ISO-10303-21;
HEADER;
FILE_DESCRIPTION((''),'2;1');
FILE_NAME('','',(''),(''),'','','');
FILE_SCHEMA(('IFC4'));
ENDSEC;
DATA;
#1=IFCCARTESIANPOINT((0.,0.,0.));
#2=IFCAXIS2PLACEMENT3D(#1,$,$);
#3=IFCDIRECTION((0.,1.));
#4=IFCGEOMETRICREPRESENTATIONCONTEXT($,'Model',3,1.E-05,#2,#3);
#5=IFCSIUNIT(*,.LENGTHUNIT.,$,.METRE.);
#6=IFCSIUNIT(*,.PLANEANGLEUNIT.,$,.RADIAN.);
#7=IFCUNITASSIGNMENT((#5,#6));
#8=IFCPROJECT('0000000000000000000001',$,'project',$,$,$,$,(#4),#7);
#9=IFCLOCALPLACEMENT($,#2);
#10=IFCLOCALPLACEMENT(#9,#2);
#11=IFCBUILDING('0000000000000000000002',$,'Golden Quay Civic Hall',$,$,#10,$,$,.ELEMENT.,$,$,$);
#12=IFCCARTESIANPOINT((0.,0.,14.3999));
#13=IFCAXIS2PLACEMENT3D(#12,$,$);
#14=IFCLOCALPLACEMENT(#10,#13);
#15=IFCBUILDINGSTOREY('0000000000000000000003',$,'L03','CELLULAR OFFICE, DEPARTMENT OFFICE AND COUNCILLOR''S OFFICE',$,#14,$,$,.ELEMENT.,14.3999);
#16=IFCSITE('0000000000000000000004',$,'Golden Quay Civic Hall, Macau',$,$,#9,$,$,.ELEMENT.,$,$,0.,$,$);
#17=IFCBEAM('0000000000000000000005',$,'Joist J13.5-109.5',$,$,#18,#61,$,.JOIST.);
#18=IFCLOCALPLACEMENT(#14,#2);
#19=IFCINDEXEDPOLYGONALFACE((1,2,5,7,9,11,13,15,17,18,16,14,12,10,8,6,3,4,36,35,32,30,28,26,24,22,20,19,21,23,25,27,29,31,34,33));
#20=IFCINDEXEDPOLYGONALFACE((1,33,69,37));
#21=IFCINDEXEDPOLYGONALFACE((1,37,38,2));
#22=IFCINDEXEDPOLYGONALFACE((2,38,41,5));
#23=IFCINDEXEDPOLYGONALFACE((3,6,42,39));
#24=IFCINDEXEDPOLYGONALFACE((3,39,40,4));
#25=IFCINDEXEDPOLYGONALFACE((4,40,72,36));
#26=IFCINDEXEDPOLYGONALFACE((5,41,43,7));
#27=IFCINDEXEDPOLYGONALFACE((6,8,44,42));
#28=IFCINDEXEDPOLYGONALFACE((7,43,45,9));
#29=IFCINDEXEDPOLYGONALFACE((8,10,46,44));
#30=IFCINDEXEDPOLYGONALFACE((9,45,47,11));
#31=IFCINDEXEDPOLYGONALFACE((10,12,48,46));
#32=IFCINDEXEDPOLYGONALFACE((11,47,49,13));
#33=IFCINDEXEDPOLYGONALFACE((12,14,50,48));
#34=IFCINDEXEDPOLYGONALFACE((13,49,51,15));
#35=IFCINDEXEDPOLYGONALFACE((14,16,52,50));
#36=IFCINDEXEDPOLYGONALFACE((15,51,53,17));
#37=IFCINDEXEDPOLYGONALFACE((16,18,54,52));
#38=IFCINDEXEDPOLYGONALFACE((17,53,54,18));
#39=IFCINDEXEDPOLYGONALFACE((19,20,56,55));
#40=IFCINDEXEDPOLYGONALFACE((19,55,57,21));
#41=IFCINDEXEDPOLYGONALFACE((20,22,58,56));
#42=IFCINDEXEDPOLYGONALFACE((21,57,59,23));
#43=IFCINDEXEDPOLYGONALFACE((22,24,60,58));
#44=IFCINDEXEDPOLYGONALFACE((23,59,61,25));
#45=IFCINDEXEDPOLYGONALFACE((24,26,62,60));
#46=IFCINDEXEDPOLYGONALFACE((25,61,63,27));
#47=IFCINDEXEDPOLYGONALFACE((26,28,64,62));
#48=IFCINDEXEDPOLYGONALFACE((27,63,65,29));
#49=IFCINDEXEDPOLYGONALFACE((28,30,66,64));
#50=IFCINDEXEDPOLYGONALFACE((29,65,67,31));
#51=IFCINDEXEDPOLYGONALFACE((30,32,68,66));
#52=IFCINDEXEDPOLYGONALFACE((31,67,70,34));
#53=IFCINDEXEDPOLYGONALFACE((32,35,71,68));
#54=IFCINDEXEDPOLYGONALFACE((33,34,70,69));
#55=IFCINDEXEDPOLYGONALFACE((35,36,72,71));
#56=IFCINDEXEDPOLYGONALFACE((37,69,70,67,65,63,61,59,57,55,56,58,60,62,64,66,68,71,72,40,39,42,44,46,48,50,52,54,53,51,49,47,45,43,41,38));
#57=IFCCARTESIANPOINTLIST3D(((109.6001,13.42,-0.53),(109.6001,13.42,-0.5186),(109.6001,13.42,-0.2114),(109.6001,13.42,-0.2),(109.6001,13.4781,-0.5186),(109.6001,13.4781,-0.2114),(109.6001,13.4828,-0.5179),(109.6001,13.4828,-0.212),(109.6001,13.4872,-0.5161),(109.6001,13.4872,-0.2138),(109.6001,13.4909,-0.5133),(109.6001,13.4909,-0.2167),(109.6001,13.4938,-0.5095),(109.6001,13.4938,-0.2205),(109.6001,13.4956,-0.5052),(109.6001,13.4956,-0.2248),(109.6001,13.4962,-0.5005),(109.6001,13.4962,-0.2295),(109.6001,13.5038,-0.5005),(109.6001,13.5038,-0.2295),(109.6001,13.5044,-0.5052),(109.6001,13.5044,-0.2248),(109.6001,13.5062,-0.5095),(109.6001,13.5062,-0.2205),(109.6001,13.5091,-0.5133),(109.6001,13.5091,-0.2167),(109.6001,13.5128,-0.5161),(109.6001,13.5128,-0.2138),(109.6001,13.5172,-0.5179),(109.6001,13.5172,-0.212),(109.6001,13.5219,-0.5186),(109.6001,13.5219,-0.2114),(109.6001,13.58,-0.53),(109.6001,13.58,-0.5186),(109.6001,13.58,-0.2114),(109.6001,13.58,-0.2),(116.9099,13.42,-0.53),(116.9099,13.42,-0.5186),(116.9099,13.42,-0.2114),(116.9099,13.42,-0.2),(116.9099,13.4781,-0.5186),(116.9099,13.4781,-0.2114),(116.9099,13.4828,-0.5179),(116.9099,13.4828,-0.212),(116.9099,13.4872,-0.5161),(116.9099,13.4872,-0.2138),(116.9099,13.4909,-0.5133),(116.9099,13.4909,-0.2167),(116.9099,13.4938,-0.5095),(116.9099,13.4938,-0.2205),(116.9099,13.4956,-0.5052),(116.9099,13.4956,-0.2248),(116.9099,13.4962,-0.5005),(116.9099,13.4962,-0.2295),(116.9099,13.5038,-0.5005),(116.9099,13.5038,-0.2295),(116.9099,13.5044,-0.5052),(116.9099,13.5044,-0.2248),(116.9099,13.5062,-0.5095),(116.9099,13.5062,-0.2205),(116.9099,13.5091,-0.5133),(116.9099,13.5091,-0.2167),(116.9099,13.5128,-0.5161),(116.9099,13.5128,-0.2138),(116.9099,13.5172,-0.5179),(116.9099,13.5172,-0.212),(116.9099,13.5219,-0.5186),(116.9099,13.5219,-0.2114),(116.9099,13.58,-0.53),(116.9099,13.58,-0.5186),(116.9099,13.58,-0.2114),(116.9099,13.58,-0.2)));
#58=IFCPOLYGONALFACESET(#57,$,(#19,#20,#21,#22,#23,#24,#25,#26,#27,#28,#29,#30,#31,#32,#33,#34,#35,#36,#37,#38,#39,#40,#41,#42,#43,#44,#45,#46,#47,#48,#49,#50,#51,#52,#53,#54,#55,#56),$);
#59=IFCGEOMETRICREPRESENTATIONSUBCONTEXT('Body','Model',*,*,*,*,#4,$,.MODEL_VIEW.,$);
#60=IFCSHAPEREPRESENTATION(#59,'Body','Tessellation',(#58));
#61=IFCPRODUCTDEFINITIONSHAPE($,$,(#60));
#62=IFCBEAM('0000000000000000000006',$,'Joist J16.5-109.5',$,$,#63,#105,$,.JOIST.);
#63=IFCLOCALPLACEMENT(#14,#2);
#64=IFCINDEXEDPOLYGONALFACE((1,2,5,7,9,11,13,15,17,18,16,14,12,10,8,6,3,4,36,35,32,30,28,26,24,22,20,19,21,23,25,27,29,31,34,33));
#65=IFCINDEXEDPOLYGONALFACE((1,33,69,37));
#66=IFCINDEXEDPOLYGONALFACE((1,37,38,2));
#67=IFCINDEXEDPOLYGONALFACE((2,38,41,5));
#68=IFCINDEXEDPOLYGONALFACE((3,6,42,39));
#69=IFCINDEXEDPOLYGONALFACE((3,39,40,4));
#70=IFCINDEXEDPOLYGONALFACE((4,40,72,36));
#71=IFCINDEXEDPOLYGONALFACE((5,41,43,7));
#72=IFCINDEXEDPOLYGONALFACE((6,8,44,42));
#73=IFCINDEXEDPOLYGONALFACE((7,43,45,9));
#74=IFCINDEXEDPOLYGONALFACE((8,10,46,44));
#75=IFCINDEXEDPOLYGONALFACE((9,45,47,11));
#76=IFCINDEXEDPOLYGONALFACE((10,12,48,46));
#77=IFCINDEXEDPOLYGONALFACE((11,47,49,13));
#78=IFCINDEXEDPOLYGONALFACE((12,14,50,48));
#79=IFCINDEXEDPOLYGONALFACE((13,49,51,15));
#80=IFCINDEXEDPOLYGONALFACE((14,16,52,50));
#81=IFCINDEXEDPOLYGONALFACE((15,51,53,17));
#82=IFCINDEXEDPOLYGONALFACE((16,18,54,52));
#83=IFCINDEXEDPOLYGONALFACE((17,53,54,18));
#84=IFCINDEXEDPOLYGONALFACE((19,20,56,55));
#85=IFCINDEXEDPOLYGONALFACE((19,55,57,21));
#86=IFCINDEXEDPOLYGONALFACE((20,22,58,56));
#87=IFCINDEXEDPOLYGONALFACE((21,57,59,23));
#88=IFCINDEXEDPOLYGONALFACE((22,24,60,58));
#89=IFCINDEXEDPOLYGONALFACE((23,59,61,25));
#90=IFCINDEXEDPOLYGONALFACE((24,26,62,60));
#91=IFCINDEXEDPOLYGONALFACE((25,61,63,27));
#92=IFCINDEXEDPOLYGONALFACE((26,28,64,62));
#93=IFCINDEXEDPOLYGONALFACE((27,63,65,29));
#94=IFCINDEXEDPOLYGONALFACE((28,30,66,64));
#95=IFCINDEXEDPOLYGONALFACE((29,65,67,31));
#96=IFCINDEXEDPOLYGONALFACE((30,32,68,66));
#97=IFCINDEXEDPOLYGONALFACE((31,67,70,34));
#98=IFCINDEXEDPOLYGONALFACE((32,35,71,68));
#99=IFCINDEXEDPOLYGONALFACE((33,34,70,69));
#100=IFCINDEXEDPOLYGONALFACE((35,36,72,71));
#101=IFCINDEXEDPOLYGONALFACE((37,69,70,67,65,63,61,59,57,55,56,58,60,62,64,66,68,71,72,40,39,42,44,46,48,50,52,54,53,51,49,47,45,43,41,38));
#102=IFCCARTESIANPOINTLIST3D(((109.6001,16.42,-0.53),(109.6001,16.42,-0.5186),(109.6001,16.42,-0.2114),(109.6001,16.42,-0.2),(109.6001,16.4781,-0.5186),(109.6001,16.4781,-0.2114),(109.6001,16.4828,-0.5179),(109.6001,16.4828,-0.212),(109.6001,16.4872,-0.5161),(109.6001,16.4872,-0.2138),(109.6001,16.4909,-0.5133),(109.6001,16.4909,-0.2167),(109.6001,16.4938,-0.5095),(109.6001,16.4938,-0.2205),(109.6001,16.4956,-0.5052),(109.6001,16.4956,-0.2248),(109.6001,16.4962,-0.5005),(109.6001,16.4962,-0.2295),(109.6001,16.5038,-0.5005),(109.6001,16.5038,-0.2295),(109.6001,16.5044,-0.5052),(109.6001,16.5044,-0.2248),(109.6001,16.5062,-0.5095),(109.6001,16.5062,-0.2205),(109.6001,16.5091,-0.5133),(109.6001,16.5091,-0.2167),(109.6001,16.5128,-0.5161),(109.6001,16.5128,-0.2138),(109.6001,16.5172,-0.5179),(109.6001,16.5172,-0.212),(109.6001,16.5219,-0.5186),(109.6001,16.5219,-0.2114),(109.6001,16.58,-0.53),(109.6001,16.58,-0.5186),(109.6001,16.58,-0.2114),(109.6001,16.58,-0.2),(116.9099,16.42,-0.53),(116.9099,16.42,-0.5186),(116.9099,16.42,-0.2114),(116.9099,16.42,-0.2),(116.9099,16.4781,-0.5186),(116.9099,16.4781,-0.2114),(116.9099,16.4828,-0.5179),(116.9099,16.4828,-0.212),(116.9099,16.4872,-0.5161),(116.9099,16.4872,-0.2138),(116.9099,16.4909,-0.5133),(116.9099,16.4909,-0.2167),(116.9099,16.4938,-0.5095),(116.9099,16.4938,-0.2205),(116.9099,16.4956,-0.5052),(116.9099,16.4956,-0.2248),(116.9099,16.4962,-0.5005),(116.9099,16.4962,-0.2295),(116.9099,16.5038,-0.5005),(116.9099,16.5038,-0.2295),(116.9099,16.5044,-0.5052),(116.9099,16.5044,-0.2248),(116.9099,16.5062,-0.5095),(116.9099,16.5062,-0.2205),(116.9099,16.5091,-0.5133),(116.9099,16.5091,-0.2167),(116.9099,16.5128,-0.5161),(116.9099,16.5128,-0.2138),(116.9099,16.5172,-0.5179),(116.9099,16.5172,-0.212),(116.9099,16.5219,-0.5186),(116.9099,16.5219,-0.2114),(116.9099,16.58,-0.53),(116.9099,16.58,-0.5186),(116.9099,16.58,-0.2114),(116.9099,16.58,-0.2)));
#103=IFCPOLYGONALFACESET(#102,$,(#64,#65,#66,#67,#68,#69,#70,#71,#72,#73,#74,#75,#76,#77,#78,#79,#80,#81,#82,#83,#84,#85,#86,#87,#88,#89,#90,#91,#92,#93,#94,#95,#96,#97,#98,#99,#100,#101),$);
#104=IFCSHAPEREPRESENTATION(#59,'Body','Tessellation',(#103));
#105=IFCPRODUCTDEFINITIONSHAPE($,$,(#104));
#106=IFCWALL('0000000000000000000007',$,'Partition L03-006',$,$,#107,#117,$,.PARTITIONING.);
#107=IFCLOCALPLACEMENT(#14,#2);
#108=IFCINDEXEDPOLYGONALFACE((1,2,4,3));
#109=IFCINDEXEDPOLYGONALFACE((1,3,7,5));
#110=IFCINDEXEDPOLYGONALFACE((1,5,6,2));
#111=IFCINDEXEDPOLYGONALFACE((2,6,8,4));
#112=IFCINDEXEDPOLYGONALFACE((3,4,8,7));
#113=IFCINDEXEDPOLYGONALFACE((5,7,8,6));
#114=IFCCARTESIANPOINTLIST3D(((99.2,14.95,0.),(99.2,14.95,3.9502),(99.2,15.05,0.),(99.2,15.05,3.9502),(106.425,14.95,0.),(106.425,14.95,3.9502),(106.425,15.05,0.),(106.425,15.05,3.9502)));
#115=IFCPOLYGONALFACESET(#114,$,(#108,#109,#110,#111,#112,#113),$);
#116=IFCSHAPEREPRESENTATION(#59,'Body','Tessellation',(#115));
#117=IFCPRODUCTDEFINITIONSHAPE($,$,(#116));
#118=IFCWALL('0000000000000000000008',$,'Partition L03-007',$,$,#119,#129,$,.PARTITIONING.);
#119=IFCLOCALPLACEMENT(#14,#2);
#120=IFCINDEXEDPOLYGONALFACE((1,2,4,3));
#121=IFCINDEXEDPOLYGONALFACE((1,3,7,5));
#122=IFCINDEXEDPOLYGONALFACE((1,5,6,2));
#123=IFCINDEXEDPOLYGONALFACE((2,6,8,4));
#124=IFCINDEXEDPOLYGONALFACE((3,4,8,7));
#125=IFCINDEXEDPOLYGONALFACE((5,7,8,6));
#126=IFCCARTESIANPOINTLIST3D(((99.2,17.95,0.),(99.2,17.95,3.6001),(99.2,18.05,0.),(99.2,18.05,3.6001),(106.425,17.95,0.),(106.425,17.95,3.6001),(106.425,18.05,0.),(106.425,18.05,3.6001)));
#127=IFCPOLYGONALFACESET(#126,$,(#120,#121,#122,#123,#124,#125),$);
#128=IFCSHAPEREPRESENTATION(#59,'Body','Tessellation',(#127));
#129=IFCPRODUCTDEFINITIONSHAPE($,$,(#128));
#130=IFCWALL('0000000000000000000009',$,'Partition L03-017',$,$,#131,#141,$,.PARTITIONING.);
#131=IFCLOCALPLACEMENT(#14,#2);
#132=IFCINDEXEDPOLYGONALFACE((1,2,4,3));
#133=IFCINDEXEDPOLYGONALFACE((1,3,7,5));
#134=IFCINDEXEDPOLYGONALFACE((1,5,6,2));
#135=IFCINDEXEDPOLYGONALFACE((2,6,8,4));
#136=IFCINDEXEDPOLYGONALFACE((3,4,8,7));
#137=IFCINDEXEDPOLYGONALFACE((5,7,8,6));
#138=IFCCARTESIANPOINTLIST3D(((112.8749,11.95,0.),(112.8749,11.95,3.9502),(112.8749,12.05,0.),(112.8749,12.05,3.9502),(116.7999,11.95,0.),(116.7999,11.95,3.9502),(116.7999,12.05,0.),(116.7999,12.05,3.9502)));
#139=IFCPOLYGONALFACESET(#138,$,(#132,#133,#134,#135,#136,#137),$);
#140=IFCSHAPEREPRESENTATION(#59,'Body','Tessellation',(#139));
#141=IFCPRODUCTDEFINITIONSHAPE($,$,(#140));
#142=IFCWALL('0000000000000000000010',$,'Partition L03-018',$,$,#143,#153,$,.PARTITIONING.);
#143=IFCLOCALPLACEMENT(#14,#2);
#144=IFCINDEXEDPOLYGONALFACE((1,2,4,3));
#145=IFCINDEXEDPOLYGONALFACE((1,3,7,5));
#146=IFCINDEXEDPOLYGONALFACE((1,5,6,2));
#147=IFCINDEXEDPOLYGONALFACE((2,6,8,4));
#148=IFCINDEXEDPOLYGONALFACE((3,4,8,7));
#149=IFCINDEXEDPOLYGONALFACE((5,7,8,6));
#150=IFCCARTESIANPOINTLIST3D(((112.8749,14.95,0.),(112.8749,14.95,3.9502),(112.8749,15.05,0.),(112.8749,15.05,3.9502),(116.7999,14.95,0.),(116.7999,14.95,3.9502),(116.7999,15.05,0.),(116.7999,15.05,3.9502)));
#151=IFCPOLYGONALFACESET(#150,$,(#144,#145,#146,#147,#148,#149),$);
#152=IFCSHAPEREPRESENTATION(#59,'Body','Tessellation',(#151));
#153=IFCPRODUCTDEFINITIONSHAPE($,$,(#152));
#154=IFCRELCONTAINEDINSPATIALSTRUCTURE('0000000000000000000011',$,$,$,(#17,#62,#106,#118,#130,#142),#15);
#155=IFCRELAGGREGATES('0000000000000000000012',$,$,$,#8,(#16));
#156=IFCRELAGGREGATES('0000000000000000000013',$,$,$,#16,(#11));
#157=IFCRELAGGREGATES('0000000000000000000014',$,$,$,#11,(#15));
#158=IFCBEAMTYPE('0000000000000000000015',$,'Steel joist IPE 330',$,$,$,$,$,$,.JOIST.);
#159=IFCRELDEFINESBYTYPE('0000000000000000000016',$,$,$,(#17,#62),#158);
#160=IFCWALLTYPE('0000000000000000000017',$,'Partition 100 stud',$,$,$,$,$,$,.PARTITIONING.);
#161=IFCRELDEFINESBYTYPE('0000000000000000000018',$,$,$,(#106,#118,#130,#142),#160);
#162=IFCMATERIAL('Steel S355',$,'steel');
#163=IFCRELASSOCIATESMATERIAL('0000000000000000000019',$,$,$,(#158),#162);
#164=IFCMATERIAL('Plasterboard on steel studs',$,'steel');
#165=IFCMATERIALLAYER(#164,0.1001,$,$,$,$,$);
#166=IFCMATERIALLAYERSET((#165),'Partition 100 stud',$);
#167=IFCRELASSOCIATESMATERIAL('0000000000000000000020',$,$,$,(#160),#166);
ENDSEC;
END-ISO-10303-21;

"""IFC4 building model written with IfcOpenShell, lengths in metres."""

from ifc_helpers import new_model, si_unit, direction, frame, frame_2d, origin, origin_2d, place, context, subcontext, project, spatial, rectangle, i_section, extrude, material, layer, layer_set, material_profile, profile_set, type_object, element, save


model = new_model("IFC4")

# Units and contexts
model_context = context("Model", 3, precision=1e-05, world=origin(), true_north=direction((0.0, 1.0)))
body_context = subcontext(model_context, "Body", "Model", "MODEL_VIEW")
ifc_project = project(units=[si_unit("LENGTHUNIT", "METRE"), si_unit("PLANEANGLEUNIT", "RADIAN")], contexts=[model_context])

# Site, building, storey
site_placement = place(None, origin())
site = spatial("IfcSite", under=ifc_project, at=site_placement, Name="Golden Quay Civic Hall, Macau", CompositionType="ELEMENT", RefElevation=0.0)
building_placement = place(site_placement, origin())
building = spatial("IfcBuilding", under=site, at=building_placement, Name="Golden Quay Civic Hall", CompositionType="ELEMENT")
storey_placement = place(building_placement, frame((0.0, 0.0, 14.3999)))
storey = spatial("IfcBuildingStorey", under=building, at=storey_placement, Name="L03", Description="CELLULAR OFFICE, DEPARTMENT OFFICE AND COUNCILLOR'S OFFICE", CompositionType="ELEMENT", Elevation=14.3999)

# Beams
ifc_material_1 = material(Name="Steel S355", Category="steel")
ifc_material_profile_1 = material_profile(ifc_material_1, i_section(OverallWidth=0.1599, OverallDepth=0.3301, WebThickness=0.0076, FlangeThickness=0.0115, FilletRadius=0.0181, at=origin_2d()), Name="IPE 330")
ifc_profile_set_1 = profile_set([ifc_material_profile_1], Name="Steel S355")
beam_type_1 = type_object("IfcBeamType", Name="Steel joist IPE 330", PredefinedType="JOIST", material=ifc_profile_set_1)
for number, where, z_axis, x_axis, name in (
    (1, (109.6001, 13.5, -0.365), (1.0, 0.0, 0.0), (0.0, 1.0, 0.0), "Joist J13.5-109.5"),
    (2, (109.6001, 16.5, -0.365), (1.0, 0.0, 0.0), (0.0, 1.0, 0.0), "Joist J16.5-109.5"),
):
    element("IfcBeam", number, at=place(storey_placement, frame(where, z_axis=z_axis, x_axis=x_axis)), inside=storey, type_object=beam_type_1, Name=name, PredefinedType="JOIST", context=body_context, shape_type="SweptSolid", body=[
        extrude(i_section(OverallWidth=0.1599, OverallDepth=0.3301, WebThickness=0.0076, FlangeThickness=0.0115, FilletRadius=0.0181, at=origin_2d()), origin(), (0.0, 0.0, 1.0), 7.3098),
    ])

# Walls
ifc_material_2 = material(Name="Plasterboard on steel studs", Category="steel")
ifc_layer_1 = layer(ifc_material_2, 0.1001)
ifc_layer_set_1 = layer_set([ifc_layer_1], Name="Partition 100 stud")
wall_type_1 = type_object("IfcWallType", Name="Partition 100 stud", PredefinedType="PARTITIONING", material=ifc_layer_set_1)
wall_1_placement = place(storey_placement, frame((99.2, 15.0, 0.0), z_axis=(0.0, 0.0, 1.0), x_axis=(1.0, 0.0, 0.0)))
element("IfcWall", 3, at=wall_1_placement, inside=storey, type_object=wall_type_1, Name="Partition L03-006", PredefinedType="PARTITIONING", context=body_context, shape_type="SweptSolid", body=[
    extrude(rectangle(XDim=7.2251, YDim=0.1001, at=frame_2d((3.6125, 0.0))), origin(), (0.0, 0.0, 1.0), 3.9502),
])
wall_2_placement = place(storey_placement, frame((99.2, 18.0, 0.0), z_axis=(0.0, 0.0, 1.0), x_axis=(1.0, 0.0, 0.0)))
element("IfcWall", 4, at=wall_2_placement, inside=storey, type_object=wall_type_1, Name="Partition L03-007", PredefinedType="PARTITIONING", context=body_context, shape_type="SweptSolid", body=[
    extrude(rectangle(XDim=7.2251, YDim=0.1001, at=frame_2d((3.6125, 0.0))), origin(), (0.0, 0.0, 1.0), 3.6001),
])
for number, where, z_axis, x_axis, name in (
    (5, (112.875, 12.0, 0.0), (0.0, 0.0, 1.0), (1.0, 0.0, 0.0), "Partition L03-017"),
    (6, (112.875, 15.0, 0.0), (0.0, 0.0, 1.0), (1.0, 0.0, 0.0), "Partition L03-018"),
):
    element("IfcWall", number, at=place(storey_placement, frame(where, z_axis=z_axis, x_axis=x_axis)), inside=storey, type_object=wall_type_1, Name=name, PredefinedType="PARTITIONING", context=body_context, shape_type="SweptSolid", body=[
        extrude(rectangle(XDim=3.925, YDim=0.1001, at=frame_2d((1.9624, 0.0))), origin(), (0.0, 0.0, 1.0), 3.9502),
    ])

save(model, "model.ifc")
